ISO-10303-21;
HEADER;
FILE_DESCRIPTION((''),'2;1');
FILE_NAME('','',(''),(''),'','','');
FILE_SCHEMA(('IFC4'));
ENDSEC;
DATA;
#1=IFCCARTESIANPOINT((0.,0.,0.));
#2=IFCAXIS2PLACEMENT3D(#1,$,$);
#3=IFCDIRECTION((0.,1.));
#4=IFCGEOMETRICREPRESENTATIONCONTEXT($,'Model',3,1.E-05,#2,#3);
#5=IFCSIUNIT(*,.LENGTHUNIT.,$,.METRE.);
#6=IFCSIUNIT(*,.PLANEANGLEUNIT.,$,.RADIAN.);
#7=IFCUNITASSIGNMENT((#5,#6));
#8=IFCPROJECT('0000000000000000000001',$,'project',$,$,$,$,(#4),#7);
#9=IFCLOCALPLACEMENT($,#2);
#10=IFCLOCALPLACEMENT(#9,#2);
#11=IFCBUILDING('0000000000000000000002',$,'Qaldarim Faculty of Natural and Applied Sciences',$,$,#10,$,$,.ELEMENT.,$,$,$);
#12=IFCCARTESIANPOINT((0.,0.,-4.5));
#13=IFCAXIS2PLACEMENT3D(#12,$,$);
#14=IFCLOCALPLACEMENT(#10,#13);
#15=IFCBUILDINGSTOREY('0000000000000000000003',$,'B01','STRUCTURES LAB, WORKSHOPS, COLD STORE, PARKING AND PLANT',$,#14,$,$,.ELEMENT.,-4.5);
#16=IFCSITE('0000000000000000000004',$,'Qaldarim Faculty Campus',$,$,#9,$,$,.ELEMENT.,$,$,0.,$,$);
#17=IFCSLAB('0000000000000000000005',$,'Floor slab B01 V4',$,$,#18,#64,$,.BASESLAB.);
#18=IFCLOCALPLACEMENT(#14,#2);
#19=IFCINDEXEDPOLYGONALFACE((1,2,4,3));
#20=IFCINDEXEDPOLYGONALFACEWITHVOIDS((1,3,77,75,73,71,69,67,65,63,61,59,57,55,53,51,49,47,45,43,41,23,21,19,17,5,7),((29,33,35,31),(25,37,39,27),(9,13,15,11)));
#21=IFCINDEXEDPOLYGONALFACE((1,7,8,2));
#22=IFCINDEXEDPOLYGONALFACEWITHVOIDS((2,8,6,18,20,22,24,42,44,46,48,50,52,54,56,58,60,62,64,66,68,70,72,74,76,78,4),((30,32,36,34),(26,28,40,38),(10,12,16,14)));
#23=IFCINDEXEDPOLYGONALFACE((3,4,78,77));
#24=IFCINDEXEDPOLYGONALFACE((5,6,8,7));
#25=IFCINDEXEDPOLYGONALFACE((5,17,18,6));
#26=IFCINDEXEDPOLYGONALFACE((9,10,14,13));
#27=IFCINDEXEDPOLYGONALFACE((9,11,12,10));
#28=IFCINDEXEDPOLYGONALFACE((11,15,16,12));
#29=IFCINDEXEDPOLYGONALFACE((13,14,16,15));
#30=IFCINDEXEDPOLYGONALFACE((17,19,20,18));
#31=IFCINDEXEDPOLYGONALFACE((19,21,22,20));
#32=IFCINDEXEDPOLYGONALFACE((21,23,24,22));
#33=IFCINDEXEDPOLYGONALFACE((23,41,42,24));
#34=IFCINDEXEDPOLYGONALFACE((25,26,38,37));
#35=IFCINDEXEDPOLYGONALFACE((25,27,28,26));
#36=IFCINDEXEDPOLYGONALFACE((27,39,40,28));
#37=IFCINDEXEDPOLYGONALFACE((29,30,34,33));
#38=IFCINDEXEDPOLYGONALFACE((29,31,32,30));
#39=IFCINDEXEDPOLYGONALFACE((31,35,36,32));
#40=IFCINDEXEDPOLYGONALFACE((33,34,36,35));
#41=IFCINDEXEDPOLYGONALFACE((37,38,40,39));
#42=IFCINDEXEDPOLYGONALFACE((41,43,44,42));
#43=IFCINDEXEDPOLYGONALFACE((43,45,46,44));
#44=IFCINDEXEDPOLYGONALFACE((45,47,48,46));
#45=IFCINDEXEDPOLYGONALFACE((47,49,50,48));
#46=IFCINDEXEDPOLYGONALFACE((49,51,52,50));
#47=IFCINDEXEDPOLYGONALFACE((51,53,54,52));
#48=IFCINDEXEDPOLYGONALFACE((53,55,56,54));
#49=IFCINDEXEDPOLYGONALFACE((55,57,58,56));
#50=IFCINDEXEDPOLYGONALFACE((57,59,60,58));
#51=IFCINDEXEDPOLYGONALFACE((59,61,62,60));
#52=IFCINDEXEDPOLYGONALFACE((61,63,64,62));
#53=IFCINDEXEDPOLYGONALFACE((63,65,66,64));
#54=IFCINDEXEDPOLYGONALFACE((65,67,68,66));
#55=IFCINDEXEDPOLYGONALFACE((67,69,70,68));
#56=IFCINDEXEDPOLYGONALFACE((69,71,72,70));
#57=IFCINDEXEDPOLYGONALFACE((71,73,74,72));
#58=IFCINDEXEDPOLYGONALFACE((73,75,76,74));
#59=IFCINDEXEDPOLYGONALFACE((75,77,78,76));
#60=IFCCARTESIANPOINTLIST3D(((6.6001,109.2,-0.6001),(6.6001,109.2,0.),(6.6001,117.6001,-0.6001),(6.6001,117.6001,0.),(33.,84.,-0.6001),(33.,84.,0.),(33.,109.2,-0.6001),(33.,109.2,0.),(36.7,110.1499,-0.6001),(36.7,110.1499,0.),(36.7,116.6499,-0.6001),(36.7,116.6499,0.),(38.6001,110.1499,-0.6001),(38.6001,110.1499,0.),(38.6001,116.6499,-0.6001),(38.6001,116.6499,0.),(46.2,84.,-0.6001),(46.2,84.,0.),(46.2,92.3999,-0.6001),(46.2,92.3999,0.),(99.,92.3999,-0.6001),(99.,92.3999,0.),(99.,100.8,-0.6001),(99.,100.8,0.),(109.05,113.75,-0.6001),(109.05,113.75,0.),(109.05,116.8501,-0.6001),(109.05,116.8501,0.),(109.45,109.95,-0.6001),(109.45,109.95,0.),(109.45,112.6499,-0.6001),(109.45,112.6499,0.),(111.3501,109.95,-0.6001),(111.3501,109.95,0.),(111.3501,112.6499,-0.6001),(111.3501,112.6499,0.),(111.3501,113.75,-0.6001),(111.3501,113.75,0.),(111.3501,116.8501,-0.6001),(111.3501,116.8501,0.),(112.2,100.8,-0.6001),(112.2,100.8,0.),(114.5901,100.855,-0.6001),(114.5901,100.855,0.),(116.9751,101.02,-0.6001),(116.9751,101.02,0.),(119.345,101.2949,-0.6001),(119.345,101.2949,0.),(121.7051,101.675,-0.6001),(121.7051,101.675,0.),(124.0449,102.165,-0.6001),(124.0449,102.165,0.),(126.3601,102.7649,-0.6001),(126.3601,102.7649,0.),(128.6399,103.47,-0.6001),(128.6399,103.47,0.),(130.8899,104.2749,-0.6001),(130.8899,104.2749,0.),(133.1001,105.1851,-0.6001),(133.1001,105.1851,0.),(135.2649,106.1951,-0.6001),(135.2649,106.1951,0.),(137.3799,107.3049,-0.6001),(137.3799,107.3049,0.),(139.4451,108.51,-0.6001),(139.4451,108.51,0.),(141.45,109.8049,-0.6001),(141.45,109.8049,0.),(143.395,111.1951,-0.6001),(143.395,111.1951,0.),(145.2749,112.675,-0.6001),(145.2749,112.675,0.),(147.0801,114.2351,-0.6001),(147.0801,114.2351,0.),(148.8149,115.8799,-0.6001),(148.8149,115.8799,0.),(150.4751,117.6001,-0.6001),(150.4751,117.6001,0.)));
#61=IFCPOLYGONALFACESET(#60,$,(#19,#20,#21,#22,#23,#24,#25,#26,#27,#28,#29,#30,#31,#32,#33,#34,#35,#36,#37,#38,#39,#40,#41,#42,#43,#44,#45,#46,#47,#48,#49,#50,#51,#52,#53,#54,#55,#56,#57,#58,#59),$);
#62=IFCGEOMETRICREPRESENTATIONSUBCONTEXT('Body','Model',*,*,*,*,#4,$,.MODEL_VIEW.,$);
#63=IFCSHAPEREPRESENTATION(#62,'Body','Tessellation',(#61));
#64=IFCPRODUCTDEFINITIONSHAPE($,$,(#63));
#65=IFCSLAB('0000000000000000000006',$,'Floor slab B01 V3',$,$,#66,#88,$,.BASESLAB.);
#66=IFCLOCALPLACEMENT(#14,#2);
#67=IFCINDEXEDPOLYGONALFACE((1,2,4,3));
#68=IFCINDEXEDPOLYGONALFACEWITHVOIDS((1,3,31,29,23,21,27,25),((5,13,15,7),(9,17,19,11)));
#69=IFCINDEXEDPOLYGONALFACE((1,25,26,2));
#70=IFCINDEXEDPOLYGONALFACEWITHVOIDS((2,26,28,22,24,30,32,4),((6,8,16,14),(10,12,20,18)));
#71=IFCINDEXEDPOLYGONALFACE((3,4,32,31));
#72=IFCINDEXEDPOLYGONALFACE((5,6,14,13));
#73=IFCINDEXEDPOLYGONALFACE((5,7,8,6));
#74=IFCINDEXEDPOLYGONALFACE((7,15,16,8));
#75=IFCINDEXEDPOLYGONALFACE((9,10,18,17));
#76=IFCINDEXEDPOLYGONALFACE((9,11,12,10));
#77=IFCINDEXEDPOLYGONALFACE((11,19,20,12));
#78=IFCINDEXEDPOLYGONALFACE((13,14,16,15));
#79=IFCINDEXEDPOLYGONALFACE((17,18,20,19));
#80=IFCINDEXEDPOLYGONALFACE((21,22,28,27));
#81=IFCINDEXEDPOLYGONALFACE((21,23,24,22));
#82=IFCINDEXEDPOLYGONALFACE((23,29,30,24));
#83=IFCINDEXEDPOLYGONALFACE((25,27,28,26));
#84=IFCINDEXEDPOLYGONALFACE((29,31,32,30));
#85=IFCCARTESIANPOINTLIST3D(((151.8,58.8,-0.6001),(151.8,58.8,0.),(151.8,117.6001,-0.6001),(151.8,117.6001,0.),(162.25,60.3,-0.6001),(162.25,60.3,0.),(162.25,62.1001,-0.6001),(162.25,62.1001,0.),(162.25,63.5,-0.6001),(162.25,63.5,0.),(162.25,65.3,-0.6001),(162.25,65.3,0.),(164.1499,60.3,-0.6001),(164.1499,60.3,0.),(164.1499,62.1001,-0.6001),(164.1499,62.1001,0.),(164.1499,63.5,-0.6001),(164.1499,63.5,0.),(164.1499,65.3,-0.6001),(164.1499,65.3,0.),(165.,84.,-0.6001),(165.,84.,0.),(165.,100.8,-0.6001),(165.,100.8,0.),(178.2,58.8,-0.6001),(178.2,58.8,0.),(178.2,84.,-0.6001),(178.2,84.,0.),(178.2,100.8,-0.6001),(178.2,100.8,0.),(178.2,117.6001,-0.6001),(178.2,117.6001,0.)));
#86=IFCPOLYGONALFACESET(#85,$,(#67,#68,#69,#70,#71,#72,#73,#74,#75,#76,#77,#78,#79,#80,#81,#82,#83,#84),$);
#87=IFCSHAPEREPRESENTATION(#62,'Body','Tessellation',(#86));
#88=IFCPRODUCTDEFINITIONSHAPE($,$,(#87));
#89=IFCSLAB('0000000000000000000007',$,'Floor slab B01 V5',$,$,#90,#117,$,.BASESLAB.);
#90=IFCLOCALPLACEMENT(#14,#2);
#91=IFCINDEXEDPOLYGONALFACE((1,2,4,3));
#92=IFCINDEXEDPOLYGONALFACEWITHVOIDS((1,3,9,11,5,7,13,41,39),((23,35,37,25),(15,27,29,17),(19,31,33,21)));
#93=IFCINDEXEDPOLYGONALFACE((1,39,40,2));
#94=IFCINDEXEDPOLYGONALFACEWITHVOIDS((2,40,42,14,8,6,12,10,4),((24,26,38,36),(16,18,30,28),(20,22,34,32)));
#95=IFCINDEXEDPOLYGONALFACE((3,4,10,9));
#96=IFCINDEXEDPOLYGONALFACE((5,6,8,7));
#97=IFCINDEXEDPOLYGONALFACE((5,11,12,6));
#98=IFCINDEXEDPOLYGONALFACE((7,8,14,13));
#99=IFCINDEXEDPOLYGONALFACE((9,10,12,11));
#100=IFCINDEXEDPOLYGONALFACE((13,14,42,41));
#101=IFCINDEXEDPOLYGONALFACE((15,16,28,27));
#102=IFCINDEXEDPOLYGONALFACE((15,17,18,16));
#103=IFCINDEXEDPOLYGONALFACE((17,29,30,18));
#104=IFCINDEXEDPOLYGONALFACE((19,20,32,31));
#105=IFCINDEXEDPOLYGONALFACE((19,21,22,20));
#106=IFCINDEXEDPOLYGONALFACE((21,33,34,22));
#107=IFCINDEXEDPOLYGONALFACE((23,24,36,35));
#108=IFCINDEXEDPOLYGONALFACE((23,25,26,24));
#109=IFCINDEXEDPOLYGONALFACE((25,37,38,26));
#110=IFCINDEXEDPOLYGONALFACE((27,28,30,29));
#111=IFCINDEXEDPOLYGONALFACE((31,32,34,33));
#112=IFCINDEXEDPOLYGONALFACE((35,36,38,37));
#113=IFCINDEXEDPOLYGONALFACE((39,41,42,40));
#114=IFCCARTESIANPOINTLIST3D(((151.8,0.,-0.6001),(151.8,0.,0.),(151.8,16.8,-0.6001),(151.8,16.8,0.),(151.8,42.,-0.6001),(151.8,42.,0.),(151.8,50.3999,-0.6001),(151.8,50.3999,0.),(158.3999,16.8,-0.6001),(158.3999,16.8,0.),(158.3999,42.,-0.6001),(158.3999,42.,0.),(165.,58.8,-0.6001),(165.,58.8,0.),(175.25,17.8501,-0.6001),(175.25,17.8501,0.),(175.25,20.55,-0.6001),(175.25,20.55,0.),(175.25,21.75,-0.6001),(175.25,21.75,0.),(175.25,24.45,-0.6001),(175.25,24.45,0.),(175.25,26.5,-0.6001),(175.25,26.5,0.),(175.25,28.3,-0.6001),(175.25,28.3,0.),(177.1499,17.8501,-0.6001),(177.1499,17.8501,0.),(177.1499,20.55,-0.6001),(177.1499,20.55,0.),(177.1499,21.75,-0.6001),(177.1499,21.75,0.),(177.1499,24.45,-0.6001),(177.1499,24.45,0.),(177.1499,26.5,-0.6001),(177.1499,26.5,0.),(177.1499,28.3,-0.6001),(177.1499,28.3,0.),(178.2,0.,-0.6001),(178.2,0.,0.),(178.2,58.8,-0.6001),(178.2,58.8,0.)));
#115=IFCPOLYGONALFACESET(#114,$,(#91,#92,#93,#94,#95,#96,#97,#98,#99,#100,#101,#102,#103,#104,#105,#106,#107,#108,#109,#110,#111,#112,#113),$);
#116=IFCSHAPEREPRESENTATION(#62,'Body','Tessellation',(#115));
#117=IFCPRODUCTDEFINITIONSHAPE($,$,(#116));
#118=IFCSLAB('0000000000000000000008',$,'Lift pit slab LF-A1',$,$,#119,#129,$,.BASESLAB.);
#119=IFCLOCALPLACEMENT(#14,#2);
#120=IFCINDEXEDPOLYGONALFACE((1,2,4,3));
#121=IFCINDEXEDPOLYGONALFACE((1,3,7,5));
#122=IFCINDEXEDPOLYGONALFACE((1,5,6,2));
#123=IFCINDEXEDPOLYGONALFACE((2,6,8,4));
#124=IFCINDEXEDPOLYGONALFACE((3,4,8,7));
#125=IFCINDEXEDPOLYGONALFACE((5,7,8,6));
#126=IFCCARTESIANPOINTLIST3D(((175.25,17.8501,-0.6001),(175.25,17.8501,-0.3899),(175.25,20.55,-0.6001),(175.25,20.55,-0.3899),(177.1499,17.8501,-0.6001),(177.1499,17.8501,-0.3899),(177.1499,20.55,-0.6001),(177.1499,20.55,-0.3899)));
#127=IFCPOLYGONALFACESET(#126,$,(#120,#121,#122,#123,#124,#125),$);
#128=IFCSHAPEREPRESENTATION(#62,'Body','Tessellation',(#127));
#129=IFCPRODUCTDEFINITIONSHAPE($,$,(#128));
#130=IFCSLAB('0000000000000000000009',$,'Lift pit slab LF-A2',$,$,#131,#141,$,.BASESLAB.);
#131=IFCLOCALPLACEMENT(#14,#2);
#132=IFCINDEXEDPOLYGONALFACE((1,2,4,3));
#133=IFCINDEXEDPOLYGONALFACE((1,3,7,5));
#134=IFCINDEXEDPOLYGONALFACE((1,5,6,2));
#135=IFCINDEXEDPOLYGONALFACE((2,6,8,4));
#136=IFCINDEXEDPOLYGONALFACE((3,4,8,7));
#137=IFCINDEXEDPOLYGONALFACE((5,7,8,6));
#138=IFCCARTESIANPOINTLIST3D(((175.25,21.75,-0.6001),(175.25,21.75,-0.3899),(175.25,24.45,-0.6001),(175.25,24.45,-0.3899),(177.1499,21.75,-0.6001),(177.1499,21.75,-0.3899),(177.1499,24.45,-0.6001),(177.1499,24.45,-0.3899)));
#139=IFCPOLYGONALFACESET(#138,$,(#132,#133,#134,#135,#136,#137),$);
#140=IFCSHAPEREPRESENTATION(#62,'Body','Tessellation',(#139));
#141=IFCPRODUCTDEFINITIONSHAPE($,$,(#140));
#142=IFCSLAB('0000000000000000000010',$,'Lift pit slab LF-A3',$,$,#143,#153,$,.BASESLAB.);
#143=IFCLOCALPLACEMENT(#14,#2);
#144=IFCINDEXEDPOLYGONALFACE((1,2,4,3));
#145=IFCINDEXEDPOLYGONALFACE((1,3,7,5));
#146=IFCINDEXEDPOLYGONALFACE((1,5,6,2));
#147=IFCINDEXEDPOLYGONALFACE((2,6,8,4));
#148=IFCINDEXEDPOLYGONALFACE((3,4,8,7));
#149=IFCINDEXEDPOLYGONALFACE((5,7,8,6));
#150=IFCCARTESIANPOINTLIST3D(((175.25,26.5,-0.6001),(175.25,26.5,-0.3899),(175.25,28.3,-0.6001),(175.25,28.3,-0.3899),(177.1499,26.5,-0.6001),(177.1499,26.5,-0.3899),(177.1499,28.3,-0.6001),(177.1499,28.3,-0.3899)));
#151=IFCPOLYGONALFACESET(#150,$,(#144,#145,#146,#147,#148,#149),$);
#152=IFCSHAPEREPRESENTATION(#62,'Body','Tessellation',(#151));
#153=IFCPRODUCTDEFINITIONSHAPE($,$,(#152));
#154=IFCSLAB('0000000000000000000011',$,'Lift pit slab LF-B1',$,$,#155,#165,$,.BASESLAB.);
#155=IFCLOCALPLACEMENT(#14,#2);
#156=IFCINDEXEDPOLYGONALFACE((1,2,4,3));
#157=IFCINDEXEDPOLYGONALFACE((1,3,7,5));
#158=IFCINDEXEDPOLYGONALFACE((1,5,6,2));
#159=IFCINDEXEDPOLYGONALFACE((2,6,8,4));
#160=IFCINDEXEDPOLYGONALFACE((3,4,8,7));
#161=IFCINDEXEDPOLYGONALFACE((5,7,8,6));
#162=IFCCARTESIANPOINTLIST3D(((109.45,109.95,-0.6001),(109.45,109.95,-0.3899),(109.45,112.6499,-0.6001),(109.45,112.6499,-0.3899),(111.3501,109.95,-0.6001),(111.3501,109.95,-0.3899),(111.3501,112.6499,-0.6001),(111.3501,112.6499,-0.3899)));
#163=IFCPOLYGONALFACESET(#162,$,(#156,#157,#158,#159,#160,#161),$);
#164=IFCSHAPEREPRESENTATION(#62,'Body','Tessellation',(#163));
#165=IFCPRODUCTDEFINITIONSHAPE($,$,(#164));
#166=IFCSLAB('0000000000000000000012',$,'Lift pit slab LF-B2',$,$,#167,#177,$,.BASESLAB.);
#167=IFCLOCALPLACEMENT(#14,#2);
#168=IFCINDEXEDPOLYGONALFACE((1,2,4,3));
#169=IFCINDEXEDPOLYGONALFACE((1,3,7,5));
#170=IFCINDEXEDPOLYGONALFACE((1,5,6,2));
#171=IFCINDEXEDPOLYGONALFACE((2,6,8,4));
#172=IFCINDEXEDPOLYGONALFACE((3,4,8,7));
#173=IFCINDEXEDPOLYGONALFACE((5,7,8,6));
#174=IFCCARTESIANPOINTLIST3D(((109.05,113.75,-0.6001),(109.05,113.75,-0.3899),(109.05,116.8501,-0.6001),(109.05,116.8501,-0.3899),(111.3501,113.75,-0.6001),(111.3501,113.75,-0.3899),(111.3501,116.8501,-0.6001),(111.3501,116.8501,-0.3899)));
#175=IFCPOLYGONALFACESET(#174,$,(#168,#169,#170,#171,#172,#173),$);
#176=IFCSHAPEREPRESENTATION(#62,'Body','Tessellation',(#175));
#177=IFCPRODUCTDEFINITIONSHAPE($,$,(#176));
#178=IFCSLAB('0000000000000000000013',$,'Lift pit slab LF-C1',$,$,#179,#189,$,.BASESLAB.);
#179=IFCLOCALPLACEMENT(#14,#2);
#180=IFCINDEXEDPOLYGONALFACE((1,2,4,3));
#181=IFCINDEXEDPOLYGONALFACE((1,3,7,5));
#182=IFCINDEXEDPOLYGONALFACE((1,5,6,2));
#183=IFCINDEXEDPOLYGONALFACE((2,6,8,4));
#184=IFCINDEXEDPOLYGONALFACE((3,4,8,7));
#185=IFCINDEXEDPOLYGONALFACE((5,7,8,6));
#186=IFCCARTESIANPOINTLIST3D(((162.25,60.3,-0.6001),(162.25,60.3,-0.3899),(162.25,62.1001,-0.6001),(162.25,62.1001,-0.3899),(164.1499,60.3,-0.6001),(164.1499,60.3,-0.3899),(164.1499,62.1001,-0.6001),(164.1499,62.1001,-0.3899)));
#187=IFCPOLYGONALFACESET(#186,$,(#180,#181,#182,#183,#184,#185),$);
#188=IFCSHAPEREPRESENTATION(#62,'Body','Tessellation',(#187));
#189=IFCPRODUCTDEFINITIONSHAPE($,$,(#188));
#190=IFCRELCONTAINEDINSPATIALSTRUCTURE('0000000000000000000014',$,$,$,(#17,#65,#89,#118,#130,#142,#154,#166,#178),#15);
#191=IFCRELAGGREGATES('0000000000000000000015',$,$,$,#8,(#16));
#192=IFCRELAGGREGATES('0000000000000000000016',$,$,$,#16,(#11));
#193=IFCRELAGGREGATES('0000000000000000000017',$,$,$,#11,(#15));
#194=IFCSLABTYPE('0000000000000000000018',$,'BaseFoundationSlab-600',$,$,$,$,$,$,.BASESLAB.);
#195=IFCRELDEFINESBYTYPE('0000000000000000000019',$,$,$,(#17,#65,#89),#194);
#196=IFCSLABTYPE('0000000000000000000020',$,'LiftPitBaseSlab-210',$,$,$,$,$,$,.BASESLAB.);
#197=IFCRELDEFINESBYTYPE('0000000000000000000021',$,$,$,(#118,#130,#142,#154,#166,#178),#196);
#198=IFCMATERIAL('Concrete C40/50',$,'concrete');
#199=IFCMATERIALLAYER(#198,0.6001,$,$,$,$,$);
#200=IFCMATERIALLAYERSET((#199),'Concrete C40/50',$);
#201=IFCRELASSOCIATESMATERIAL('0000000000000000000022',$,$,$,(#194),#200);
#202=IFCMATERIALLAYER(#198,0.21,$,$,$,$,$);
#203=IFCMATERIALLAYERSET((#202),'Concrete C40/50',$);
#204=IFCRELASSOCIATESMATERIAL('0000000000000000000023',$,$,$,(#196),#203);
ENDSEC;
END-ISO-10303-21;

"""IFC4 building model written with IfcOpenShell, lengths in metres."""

from ifc_helpers import new_model, si_unit, direction, frame, origin, place, context, subcontext, project, spatial, polyline, outline, extrude, material, layer, layer_set, type_object, element, save


model = new_model("IFC4")

# Units and contexts
model_context = context("Model", 3, precision=1e-05, world=origin(), true_north=direction((0.0, 1.0)))
body_context = subcontext(model_context, "Body", "Model", "MODEL_VIEW")
ifc_project = project(units=[si_unit("LENGTHUNIT", "METRE"), si_unit("PLANEANGLEUNIT", "RADIAN")], contexts=[model_context])

# Site, building, storey
site_placement = place(None, origin())
site = spatial("IfcSite", under=ifc_project, at=site_placement, Name="Qaldarim Faculty Campus", CompositionType="ELEMENT", RefElevation=0.0)
building_placement = place(site_placement, origin())
building = spatial("IfcBuilding", under=site, at=building_placement, Name="Qaldarim Faculty of Natural and Applied Sciences", CompositionType="ELEMENT")
storey_placement = place(building_placement, frame((0.0, 0.0, -4.5)))
storey = spatial("IfcBuildingStorey", under=building, at=storey_placement, Name="B01", Description="STRUCTURES LAB, WORKSHOPS, COLD STORE, PARKING AND PLANT", CompositionType="ELEMENT", Elevation=-4.5)

# Shared definitions
ifc_material_1 = material(Name="Concrete C40/50", Category="concrete")

# Slabs
ifc_layer_1 = layer(ifc_material_1, 0.6001)
ifc_layer_set_1 = layer_set([ifc_layer_1], Name="Concrete C40/50")
slab_type_1 = type_object("IfcSlabType", Name="BaseFoundationSlab-600", PredefinedType="BASESLAB", material=ifc_layer_set_1)
slab_1_placement = place(storey_placement, frame((0.0, 0.0, -0.6001)))
element("IfcSlab", 1, at=slab_1_placement, inside=storey, type_object=slab_type_1, Name="Floor slab B01 V4", PredefinedType="BASESLAB", context=body_context, shape_type="SweptSolid", body=[
    extrude(outline(polyline([(33.0, 109.2), (6.6001, 109.2), (6.6001, 117.6001), (150.4751, 117.6001), (148.8149, 115.8799), (147.0801, 114.2351), (145.2749, 112.675), (143.395, 111.1951), (141.45, 109.8049), (139.4451, 108.51), (137.3799, 107.3049), (135.2649, 106.1951), (133.1001, 105.1851), (130.8899, 104.2749), (128.6399, 103.47), (126.3601, 102.7649), (124.0449, 102.165), (121.7051, 101.675), (119.345, 101.2949), (116.9751, 101.02), (114.5901, 100.855), (112.2, 100.8), (99.0, 100.8), (99.0, 92.3999), (46.2, 92.3999), (46.2, 84.0), (33.0, 84.0), (33.0, 109.2)]), holes=[polyline([(109.45, 109.95), (111.3501, 109.95), (111.3501, 112.6499), (109.45, 112.6499), (109.45, 109.95)]), polyline([(109.05, 113.75), (111.3501, 113.75), (111.3501, 116.8501), (109.05, 116.8501), (109.05, 113.75)]), polyline([(36.7, 110.1499), (38.6001, 110.1499), (38.6001, 116.6499), (36.7, 116.6499), (36.7, 110.1499)])]), origin(), (0.0, 0.0, 1.0), 0.6001),
])
slab_2_placement = place(storey_placement, frame((0.0, 0.0, -0.6001)))
element("IfcSlab", 2, at=slab_2_placement, inside=storey, type_object=slab_type_1, Name="Floor slab B01 V3", PredefinedType="BASESLAB", context=body_context, shape_type="SweptSolid", body=[
    extrude(outline(polyline([(151.8, 58.8), (151.8, 117.6001), (178.2, 117.6001), (178.2, 100.8), (165.0, 100.8), (165.0, 84.0), (178.2, 84.0), (178.2, 58.8), (151.8, 58.8)]), holes=[polyline([(162.25, 60.3), (164.1499, 60.3), (164.1499, 62.1001), (162.25, 62.1001), (162.25, 60.3)]), polyline([(162.25, 63.5), (164.1499, 63.5), (164.1499, 65.3), (162.25, 65.3), (162.25, 63.5)])]), origin(), (0.0, 0.0, 1.0), 0.6001),
])
slab_3_placement = place(storey_placement, frame((0.0, 0.0, -0.6001)))
element("IfcSlab", 3, at=slab_3_placement, inside=storey, type_object=slab_type_1, Name="Floor slab B01 V5", PredefinedType="BASESLAB", context=body_context, shape_type="SweptSolid", body=[
    extrude(outline(polyline([(151.8, 0.0), (178.2, 0.0), (178.2, 58.8), (165.0, 58.8), (151.8, 50.3999), (151.8, 42.0), (158.3999, 42.0), (158.3999, 16.8), (151.8, 16.8), (151.8, 0.0)]), holes=[polyline([(175.25, 17.8501), (177.1499, 17.8501), (177.1499, 20.55), (175.25, 20.55), (175.25, 17.8501)]), polyline([(175.25, 21.75), (177.1499, 21.75), (177.1499, 24.45), (175.25, 24.45), (175.25, 21.75)]), polyline([(175.25, 26.5), (177.1499, 26.5), (177.1499, 28.3), (175.25, 28.3), (175.25, 26.5)])]), origin(), (0.0, 0.0, 1.0), 0.6001),
])
ifc_layer_2 = layer(ifc_material_1, 0.21)
ifc_layer_set_2 = layer_set([ifc_layer_2], Name="Concrete C40/50")
slab_type_2 = type_object("IfcSlabType", Name="LiftPitBaseSlab-210", PredefinedType="BASESLAB", material=ifc_layer_set_2)
slab_4_placement = place(storey_placement, frame((0.0, 0.0, -0.6001)))
element("IfcSlab", 4, at=slab_4_placement, inside=storey, type_object=slab_type_2, Name="Lift pit slab LF-A1", PredefinedType="BASESLAB", context=body_context, shape_type="SweptSolid", body=[
    extrude(outline(polyline([(175.25, 17.8501), (177.1499, 17.8501), (177.1499, 20.55), (175.25, 20.55), (175.25, 17.8501)])), origin(), (0.0, 0.0, 1.0), 0.2102),
])
slab_5_placement = place(storey_placement, frame((0.0, 0.0, -0.6001)))
element("IfcSlab", 5, at=slab_5_placement, inside=storey, type_object=slab_type_2, Name="Lift pit slab LF-A2", PredefinedType="BASESLAB", context=body_context, shape_type="SweptSolid", body=[
    extrude(outline(polyline([(175.25, 21.75), (177.1499, 21.75), (177.1499, 24.45), (175.25, 24.45), (175.25, 21.75)])), origin(), (0.0, 0.0, 1.0), 0.2102),
])
slab_6_placement = place(storey_placement, frame((0.0, 0.0, -0.6001)))
element("IfcSlab", 6, at=slab_6_placement, inside=storey, type_object=slab_type_2, Name="Lift pit slab LF-A3", PredefinedType="BASESLAB", context=body_context, shape_type="SweptSolid", body=[
    extrude(outline(polyline([(175.25, 26.5), (177.1499, 26.5), (177.1499, 28.3), (175.25, 28.3), (175.25, 26.5)])), origin(), (0.0, 0.0, 1.0), 0.2102),
])
slab_7_placement = place(storey_placement, frame((0.0, 0.0, -0.6001)))
element("IfcSlab", 7, at=slab_7_placement, inside=storey, type_object=slab_type_2, Name="Lift pit slab LF-B1", PredefinedType="BASESLAB", context=body_context, shape_type="SweptSolid", body=[
    extrude(outline(polyline([(109.45, 109.95), (111.3501, 109.95), (111.3501, 112.6499), (109.45, 112.6499), (109.45, 109.95)])), origin(), (0.0, 0.0, 1.0), 0.2102),
])
slab_8_placement = place(storey_placement, frame((0.0, 0.0, -0.6001)))
element("IfcSlab", 8, at=slab_8_placement, inside=storey, type_object=slab_type_2, Name="Lift pit slab LF-B2", PredefinedType="BASESLAB", context=body_context, shape_type="SweptSolid", body=[
    extrude(outline(polyline([(109.05, 113.75), (111.3501, 113.75), (111.3501, 116.8501), (109.05, 116.8501), (109.05, 113.75)])), origin(), (0.0, 0.0, 1.0), 0.2102),
])
slab_9_placement = place(storey_placement, frame((0.0, 0.0, -0.6001)))
element("IfcSlab", 9, at=slab_9_placement, inside=storey, type_object=slab_type_2, Name="Lift pit slab LF-C1", PredefinedType="BASESLAB", context=body_context, shape_type="SweptSolid", body=[
    extrude(outline(polyline([(162.25, 60.3), (164.1499, 60.3), (164.1499, 62.1001), (162.25, 62.1001), (162.25, 60.3)])), origin(), (0.0, 0.0, 1.0), 0.2102),
])

save(model, "model.ifc")
